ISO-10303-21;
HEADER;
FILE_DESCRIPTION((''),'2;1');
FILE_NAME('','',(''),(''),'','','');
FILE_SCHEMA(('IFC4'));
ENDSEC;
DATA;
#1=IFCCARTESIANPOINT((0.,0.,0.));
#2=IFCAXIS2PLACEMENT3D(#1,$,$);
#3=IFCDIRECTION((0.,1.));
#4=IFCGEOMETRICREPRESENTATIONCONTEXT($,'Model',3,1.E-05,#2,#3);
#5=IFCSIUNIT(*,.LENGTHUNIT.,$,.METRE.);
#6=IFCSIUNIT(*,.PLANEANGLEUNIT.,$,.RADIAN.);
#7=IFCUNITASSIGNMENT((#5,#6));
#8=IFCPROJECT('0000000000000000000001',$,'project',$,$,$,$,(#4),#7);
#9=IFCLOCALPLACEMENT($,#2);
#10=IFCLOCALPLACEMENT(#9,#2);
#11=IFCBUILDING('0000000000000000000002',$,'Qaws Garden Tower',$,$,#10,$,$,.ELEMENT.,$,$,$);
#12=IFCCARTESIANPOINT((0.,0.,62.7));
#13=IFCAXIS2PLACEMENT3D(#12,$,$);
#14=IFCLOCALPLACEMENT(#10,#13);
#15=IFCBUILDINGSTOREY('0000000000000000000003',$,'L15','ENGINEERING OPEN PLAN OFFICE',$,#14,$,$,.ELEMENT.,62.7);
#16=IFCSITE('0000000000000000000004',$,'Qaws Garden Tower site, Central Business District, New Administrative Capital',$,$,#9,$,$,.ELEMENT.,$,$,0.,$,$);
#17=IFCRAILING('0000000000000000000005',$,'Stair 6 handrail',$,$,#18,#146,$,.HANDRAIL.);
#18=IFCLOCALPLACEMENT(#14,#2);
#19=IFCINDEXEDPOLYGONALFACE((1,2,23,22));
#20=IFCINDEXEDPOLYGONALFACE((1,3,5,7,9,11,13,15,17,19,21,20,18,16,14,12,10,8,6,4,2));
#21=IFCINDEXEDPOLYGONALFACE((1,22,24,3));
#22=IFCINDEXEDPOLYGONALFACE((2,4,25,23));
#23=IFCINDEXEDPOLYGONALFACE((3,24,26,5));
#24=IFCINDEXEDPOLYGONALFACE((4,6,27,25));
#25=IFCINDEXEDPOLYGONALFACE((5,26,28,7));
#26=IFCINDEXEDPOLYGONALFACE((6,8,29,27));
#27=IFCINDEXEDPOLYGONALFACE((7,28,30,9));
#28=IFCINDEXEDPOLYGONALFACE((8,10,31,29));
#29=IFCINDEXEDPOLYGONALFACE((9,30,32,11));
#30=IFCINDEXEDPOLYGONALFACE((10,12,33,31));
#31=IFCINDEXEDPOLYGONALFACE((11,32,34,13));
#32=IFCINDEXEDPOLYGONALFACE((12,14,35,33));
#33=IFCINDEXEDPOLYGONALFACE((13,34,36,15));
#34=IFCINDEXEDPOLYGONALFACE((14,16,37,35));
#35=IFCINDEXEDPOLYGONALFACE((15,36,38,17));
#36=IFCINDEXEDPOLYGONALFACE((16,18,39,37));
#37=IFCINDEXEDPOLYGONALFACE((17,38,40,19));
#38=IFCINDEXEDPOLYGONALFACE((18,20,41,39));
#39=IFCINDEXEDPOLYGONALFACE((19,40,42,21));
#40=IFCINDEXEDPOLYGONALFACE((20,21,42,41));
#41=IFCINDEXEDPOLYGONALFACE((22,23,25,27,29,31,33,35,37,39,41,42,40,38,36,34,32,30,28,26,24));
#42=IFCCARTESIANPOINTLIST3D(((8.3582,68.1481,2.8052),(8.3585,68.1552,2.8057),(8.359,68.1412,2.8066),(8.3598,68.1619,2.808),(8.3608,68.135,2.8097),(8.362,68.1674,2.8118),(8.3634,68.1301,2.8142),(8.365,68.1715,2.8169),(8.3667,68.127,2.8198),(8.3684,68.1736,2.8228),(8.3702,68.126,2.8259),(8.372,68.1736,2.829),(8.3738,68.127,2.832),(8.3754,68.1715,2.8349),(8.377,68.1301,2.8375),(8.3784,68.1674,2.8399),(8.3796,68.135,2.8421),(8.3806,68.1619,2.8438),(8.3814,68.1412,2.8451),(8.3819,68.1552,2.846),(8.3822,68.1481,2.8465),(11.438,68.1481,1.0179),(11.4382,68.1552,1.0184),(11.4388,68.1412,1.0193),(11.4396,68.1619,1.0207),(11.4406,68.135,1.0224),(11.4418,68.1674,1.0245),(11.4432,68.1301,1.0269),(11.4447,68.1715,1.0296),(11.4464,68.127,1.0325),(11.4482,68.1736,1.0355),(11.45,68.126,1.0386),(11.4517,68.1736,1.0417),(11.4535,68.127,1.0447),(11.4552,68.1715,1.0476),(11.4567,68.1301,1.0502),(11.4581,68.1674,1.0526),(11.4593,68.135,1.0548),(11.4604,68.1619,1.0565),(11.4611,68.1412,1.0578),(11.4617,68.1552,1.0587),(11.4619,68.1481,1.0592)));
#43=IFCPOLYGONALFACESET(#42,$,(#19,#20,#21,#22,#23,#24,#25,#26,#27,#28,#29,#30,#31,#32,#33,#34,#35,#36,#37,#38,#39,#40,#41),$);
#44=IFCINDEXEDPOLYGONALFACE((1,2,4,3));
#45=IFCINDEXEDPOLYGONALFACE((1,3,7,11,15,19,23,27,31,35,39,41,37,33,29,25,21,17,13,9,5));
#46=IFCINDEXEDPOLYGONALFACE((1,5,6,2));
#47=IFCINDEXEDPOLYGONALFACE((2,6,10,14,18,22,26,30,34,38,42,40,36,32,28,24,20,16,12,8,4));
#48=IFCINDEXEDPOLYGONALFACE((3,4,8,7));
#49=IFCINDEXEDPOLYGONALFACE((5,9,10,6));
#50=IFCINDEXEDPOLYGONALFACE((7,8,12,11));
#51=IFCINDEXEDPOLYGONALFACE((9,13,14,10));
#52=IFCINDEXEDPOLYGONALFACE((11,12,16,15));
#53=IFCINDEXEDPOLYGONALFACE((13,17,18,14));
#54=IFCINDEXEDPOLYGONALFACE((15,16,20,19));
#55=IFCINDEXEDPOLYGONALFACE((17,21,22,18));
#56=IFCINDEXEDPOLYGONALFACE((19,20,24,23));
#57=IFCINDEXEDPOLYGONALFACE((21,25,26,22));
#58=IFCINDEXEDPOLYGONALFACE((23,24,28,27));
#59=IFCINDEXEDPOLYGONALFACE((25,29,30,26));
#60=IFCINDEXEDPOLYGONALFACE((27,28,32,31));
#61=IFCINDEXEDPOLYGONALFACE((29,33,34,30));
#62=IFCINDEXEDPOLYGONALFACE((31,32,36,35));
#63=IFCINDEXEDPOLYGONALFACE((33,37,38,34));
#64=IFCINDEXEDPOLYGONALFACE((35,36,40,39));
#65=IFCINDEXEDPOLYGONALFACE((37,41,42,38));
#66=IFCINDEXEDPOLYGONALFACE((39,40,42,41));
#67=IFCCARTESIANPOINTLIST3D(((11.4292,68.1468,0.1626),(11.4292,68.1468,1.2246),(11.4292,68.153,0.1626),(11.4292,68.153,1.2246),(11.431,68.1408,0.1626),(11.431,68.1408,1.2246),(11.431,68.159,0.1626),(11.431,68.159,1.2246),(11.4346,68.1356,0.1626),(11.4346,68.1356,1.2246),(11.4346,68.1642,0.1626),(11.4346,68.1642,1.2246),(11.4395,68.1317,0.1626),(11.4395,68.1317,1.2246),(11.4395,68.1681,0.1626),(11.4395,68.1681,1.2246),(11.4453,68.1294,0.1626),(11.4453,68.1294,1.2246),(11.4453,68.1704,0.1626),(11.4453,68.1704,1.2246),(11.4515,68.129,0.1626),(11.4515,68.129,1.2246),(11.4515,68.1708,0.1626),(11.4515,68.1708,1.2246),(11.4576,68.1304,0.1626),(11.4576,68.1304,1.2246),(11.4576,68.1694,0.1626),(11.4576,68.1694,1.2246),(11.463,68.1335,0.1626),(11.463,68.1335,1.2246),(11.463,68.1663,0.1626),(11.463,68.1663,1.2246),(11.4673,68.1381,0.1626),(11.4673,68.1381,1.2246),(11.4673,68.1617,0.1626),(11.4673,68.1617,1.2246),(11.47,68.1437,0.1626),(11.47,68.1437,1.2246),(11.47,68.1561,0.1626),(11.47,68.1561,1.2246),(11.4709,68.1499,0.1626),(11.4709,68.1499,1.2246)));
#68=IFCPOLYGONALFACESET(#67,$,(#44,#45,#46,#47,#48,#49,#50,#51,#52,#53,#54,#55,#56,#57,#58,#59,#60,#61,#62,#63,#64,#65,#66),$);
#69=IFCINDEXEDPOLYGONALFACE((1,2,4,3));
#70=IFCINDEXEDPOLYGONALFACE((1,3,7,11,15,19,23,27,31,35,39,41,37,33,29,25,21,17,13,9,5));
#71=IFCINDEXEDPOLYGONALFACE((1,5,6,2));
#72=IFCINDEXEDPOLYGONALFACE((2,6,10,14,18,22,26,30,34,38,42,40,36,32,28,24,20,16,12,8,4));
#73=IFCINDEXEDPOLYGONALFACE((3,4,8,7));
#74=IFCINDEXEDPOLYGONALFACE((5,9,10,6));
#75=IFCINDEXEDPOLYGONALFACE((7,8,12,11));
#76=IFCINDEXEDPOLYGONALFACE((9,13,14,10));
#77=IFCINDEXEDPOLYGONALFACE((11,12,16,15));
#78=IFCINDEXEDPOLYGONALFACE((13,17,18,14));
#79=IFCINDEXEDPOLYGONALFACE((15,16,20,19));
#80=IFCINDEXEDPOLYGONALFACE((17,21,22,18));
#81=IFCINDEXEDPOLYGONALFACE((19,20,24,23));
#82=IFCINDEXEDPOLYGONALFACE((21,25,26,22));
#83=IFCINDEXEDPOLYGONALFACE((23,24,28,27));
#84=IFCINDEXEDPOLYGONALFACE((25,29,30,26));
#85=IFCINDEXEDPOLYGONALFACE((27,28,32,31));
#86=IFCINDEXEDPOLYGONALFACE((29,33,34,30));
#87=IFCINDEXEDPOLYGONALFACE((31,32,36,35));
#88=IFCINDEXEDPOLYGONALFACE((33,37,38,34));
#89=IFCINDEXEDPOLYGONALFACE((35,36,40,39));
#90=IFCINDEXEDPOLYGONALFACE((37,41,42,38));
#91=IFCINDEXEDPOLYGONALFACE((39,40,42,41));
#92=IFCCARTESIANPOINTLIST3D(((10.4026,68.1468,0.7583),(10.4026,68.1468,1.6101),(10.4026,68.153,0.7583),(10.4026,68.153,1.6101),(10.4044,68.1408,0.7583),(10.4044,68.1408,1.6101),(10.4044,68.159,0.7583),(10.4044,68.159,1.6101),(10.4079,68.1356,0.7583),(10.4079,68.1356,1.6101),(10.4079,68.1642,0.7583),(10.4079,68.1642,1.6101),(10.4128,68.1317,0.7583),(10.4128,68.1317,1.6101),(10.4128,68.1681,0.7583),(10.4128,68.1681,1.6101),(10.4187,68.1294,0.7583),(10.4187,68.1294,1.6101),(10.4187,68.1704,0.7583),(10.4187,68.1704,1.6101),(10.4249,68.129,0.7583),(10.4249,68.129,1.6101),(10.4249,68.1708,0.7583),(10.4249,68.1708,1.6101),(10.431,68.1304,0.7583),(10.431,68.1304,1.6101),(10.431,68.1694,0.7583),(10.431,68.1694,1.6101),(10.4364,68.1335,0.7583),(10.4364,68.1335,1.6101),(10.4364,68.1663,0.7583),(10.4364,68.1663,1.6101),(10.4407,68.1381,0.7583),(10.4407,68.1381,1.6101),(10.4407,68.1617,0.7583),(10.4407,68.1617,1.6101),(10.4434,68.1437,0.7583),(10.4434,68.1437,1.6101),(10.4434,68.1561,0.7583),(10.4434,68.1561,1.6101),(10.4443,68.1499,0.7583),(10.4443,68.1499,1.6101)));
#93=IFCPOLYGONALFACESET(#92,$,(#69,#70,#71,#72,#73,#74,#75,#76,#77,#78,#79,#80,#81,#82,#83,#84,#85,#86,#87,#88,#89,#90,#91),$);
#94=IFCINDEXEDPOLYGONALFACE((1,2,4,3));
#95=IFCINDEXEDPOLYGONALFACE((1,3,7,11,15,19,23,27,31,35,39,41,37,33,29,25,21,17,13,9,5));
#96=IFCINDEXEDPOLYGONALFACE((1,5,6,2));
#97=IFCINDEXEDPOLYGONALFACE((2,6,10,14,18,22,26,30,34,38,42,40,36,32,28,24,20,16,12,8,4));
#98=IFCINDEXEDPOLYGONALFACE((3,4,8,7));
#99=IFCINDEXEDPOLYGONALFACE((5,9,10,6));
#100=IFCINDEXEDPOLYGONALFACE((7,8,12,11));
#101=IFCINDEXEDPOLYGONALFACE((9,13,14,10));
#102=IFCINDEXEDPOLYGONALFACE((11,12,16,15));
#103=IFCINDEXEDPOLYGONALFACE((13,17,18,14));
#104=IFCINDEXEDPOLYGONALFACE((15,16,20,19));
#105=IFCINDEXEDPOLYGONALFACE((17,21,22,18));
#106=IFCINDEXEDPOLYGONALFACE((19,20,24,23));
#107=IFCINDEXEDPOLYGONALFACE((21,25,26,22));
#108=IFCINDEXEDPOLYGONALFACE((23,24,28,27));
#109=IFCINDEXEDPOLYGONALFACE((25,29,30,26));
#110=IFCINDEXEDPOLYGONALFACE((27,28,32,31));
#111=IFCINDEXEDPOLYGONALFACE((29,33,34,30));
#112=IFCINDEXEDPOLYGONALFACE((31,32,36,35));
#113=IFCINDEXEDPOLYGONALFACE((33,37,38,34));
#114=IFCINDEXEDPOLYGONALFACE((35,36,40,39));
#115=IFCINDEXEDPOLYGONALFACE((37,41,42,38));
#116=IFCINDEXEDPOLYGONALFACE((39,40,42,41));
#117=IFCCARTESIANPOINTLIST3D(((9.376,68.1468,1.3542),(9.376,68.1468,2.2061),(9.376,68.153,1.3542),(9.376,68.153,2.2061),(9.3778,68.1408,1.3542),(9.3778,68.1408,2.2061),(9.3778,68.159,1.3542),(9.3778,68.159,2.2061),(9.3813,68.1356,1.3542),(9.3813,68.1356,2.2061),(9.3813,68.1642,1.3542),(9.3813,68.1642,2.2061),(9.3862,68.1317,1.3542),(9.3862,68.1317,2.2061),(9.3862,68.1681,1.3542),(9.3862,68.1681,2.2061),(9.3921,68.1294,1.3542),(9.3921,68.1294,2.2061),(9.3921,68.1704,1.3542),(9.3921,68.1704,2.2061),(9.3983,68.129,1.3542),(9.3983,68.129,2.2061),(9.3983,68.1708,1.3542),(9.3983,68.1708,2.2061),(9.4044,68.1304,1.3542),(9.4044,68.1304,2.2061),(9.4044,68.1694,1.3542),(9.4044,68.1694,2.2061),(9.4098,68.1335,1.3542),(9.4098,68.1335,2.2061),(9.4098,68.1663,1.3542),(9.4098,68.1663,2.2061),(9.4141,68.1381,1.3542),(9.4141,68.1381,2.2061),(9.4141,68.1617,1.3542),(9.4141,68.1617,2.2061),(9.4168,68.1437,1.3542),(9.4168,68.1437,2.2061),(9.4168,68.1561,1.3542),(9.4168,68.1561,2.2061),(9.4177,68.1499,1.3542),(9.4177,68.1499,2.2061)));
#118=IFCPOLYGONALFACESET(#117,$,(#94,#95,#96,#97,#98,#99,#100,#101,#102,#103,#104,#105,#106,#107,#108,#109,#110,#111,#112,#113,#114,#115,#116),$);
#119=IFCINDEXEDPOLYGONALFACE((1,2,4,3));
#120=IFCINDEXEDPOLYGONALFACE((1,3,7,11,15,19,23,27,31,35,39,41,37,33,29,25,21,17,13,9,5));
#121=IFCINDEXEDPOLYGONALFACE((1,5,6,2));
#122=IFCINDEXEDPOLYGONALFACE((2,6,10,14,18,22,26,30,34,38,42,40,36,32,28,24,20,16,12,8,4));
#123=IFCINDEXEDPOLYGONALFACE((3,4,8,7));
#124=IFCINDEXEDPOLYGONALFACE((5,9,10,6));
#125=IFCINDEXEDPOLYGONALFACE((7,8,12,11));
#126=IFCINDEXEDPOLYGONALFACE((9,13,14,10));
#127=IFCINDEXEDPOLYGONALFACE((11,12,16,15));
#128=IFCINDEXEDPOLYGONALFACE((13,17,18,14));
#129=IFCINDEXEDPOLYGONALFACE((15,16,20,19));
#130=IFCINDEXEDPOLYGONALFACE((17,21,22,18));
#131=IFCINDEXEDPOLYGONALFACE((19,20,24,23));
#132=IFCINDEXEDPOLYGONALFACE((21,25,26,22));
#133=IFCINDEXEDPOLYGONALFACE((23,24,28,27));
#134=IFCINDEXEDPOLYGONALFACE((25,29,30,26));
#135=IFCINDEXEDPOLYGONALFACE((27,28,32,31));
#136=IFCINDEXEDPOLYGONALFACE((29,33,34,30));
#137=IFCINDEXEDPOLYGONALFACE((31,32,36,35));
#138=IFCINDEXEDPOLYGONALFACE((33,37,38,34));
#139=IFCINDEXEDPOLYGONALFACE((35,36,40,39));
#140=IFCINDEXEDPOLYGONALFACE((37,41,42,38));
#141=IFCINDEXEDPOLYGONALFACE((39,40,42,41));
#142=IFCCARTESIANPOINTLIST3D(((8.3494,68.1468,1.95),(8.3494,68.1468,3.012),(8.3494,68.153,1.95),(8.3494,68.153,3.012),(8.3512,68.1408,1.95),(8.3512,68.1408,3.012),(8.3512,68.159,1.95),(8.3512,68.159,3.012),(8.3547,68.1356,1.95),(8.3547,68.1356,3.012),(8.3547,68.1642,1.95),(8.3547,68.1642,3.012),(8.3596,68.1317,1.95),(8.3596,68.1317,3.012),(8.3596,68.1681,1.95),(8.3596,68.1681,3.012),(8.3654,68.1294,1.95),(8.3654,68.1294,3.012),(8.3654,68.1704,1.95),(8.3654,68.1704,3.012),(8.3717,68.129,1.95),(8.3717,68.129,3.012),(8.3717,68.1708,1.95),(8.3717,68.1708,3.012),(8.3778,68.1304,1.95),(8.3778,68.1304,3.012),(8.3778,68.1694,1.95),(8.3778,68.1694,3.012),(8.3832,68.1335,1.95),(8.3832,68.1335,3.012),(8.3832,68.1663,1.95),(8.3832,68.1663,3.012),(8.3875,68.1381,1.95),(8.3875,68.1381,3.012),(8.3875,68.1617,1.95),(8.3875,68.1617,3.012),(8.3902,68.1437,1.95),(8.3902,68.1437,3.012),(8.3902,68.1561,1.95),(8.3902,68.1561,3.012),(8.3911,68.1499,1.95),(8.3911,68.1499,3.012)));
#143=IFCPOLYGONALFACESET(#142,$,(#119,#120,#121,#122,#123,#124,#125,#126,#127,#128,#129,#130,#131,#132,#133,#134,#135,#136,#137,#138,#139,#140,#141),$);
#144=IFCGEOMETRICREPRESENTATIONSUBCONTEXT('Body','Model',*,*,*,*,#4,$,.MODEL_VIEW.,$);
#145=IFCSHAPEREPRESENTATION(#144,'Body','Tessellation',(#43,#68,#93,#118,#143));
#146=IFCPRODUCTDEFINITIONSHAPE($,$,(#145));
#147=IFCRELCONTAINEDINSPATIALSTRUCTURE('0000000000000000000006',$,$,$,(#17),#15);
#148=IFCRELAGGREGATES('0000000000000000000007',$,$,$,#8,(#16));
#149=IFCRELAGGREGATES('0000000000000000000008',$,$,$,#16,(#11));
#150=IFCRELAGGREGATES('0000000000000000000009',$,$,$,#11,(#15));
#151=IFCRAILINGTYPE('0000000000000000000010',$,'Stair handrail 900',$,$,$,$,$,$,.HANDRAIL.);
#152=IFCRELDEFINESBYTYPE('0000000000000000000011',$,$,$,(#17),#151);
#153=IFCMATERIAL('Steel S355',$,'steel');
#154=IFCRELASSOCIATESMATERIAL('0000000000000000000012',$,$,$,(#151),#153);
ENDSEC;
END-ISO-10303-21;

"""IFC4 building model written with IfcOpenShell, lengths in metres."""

from ifc_helpers import new_model, si_unit, direction, frame, origin, origin_2d, place, context, subcontext, project, spatial, circle, extrude, material, type_object, element, save


model = new_model("IFC4")

# Units and contexts
model_context = context("Model", 3, precision=1e-05, world=origin(), true_north=direction((0.0, 1.0)))
body_context = subcontext(model_context, "Body", "Model", "MODEL_VIEW")
ifc_project = project(units=[si_unit("LENGTHUNIT", "METRE"), si_unit("PLANEANGLEUNIT", "RADIAN")], contexts=[model_context])

# Site, building, storey
site_placement = place(None, origin())
site = spatial("IfcSite", under=ifc_project, at=site_placement, Name="Qaws Garden Tower site, Central Business District, New Administrative Capital", CompositionType="ELEMENT", RefElevation=0.0)
building_placement = place(site_placement, origin())
building = spatial("IfcBuilding", under=site, at=building_placement, Name="Qaws Garden Tower", CompositionType="ELEMENT")
storey_placement = place(building_placement, frame((0.0, 0.0, 62.7)))
storey = spatial("IfcBuildingStorey", under=building, at=storey_placement, Name="L15", Description="ENGINEERING OPEN PLAN OFFICE", CompositionType="ELEMENT", Elevation=62.7)

# Railing
ifc_material_1 = material(Name="Steel S355", Category="steel")
railing_type = type_object("IfcRailingType", Name="Stair handrail 900", PredefinedType="HANDRAIL", material=ifc_material_1)
railing_1_placement = place(storey_placement, frame((11.45, 68.1499, 0.1626)))
element("IfcRailing", 1, at=railing_1_placement, inside=storey, type_object=railing_type, Name="Stair 6 handrail", PredefinedType="HANDRAIL", context=body_context, shape_type="SweptSolid", body=[
    extrude(circle(Radius=0.0239, at=origin_2d()), frame((0.0, 0.0, 0.876), z_axis=(-0.864903, 0.0, 0.501939), x_axis=(0.0, -1.0, 0.0)), (0.0, 0.0, 1.0), 3.5608),
    extrude(circle(Radius=0.021, at=origin_2d()), origin(), (0.0, 0.0, 1.0), 1.062),
    extrude(circle(Radius=0.021, at=origin_2d()), frame((-1.0266, 0.0, 0.5957)), (0.0, 0.0, 1.0), 0.8518),
    extrude(circle(Radius=0.021, at=origin_2d()), frame((-2.0532, 0.0, 1.1917)), (0.0, 0.0, 1.0), 0.8518),
    extrude(circle(Radius=0.021, at=origin_2d()), frame((-3.0798, 0.0, 1.7874)), (0.0, 0.0, 1.0), 1.062),
])

save(model, "model.ifc")
